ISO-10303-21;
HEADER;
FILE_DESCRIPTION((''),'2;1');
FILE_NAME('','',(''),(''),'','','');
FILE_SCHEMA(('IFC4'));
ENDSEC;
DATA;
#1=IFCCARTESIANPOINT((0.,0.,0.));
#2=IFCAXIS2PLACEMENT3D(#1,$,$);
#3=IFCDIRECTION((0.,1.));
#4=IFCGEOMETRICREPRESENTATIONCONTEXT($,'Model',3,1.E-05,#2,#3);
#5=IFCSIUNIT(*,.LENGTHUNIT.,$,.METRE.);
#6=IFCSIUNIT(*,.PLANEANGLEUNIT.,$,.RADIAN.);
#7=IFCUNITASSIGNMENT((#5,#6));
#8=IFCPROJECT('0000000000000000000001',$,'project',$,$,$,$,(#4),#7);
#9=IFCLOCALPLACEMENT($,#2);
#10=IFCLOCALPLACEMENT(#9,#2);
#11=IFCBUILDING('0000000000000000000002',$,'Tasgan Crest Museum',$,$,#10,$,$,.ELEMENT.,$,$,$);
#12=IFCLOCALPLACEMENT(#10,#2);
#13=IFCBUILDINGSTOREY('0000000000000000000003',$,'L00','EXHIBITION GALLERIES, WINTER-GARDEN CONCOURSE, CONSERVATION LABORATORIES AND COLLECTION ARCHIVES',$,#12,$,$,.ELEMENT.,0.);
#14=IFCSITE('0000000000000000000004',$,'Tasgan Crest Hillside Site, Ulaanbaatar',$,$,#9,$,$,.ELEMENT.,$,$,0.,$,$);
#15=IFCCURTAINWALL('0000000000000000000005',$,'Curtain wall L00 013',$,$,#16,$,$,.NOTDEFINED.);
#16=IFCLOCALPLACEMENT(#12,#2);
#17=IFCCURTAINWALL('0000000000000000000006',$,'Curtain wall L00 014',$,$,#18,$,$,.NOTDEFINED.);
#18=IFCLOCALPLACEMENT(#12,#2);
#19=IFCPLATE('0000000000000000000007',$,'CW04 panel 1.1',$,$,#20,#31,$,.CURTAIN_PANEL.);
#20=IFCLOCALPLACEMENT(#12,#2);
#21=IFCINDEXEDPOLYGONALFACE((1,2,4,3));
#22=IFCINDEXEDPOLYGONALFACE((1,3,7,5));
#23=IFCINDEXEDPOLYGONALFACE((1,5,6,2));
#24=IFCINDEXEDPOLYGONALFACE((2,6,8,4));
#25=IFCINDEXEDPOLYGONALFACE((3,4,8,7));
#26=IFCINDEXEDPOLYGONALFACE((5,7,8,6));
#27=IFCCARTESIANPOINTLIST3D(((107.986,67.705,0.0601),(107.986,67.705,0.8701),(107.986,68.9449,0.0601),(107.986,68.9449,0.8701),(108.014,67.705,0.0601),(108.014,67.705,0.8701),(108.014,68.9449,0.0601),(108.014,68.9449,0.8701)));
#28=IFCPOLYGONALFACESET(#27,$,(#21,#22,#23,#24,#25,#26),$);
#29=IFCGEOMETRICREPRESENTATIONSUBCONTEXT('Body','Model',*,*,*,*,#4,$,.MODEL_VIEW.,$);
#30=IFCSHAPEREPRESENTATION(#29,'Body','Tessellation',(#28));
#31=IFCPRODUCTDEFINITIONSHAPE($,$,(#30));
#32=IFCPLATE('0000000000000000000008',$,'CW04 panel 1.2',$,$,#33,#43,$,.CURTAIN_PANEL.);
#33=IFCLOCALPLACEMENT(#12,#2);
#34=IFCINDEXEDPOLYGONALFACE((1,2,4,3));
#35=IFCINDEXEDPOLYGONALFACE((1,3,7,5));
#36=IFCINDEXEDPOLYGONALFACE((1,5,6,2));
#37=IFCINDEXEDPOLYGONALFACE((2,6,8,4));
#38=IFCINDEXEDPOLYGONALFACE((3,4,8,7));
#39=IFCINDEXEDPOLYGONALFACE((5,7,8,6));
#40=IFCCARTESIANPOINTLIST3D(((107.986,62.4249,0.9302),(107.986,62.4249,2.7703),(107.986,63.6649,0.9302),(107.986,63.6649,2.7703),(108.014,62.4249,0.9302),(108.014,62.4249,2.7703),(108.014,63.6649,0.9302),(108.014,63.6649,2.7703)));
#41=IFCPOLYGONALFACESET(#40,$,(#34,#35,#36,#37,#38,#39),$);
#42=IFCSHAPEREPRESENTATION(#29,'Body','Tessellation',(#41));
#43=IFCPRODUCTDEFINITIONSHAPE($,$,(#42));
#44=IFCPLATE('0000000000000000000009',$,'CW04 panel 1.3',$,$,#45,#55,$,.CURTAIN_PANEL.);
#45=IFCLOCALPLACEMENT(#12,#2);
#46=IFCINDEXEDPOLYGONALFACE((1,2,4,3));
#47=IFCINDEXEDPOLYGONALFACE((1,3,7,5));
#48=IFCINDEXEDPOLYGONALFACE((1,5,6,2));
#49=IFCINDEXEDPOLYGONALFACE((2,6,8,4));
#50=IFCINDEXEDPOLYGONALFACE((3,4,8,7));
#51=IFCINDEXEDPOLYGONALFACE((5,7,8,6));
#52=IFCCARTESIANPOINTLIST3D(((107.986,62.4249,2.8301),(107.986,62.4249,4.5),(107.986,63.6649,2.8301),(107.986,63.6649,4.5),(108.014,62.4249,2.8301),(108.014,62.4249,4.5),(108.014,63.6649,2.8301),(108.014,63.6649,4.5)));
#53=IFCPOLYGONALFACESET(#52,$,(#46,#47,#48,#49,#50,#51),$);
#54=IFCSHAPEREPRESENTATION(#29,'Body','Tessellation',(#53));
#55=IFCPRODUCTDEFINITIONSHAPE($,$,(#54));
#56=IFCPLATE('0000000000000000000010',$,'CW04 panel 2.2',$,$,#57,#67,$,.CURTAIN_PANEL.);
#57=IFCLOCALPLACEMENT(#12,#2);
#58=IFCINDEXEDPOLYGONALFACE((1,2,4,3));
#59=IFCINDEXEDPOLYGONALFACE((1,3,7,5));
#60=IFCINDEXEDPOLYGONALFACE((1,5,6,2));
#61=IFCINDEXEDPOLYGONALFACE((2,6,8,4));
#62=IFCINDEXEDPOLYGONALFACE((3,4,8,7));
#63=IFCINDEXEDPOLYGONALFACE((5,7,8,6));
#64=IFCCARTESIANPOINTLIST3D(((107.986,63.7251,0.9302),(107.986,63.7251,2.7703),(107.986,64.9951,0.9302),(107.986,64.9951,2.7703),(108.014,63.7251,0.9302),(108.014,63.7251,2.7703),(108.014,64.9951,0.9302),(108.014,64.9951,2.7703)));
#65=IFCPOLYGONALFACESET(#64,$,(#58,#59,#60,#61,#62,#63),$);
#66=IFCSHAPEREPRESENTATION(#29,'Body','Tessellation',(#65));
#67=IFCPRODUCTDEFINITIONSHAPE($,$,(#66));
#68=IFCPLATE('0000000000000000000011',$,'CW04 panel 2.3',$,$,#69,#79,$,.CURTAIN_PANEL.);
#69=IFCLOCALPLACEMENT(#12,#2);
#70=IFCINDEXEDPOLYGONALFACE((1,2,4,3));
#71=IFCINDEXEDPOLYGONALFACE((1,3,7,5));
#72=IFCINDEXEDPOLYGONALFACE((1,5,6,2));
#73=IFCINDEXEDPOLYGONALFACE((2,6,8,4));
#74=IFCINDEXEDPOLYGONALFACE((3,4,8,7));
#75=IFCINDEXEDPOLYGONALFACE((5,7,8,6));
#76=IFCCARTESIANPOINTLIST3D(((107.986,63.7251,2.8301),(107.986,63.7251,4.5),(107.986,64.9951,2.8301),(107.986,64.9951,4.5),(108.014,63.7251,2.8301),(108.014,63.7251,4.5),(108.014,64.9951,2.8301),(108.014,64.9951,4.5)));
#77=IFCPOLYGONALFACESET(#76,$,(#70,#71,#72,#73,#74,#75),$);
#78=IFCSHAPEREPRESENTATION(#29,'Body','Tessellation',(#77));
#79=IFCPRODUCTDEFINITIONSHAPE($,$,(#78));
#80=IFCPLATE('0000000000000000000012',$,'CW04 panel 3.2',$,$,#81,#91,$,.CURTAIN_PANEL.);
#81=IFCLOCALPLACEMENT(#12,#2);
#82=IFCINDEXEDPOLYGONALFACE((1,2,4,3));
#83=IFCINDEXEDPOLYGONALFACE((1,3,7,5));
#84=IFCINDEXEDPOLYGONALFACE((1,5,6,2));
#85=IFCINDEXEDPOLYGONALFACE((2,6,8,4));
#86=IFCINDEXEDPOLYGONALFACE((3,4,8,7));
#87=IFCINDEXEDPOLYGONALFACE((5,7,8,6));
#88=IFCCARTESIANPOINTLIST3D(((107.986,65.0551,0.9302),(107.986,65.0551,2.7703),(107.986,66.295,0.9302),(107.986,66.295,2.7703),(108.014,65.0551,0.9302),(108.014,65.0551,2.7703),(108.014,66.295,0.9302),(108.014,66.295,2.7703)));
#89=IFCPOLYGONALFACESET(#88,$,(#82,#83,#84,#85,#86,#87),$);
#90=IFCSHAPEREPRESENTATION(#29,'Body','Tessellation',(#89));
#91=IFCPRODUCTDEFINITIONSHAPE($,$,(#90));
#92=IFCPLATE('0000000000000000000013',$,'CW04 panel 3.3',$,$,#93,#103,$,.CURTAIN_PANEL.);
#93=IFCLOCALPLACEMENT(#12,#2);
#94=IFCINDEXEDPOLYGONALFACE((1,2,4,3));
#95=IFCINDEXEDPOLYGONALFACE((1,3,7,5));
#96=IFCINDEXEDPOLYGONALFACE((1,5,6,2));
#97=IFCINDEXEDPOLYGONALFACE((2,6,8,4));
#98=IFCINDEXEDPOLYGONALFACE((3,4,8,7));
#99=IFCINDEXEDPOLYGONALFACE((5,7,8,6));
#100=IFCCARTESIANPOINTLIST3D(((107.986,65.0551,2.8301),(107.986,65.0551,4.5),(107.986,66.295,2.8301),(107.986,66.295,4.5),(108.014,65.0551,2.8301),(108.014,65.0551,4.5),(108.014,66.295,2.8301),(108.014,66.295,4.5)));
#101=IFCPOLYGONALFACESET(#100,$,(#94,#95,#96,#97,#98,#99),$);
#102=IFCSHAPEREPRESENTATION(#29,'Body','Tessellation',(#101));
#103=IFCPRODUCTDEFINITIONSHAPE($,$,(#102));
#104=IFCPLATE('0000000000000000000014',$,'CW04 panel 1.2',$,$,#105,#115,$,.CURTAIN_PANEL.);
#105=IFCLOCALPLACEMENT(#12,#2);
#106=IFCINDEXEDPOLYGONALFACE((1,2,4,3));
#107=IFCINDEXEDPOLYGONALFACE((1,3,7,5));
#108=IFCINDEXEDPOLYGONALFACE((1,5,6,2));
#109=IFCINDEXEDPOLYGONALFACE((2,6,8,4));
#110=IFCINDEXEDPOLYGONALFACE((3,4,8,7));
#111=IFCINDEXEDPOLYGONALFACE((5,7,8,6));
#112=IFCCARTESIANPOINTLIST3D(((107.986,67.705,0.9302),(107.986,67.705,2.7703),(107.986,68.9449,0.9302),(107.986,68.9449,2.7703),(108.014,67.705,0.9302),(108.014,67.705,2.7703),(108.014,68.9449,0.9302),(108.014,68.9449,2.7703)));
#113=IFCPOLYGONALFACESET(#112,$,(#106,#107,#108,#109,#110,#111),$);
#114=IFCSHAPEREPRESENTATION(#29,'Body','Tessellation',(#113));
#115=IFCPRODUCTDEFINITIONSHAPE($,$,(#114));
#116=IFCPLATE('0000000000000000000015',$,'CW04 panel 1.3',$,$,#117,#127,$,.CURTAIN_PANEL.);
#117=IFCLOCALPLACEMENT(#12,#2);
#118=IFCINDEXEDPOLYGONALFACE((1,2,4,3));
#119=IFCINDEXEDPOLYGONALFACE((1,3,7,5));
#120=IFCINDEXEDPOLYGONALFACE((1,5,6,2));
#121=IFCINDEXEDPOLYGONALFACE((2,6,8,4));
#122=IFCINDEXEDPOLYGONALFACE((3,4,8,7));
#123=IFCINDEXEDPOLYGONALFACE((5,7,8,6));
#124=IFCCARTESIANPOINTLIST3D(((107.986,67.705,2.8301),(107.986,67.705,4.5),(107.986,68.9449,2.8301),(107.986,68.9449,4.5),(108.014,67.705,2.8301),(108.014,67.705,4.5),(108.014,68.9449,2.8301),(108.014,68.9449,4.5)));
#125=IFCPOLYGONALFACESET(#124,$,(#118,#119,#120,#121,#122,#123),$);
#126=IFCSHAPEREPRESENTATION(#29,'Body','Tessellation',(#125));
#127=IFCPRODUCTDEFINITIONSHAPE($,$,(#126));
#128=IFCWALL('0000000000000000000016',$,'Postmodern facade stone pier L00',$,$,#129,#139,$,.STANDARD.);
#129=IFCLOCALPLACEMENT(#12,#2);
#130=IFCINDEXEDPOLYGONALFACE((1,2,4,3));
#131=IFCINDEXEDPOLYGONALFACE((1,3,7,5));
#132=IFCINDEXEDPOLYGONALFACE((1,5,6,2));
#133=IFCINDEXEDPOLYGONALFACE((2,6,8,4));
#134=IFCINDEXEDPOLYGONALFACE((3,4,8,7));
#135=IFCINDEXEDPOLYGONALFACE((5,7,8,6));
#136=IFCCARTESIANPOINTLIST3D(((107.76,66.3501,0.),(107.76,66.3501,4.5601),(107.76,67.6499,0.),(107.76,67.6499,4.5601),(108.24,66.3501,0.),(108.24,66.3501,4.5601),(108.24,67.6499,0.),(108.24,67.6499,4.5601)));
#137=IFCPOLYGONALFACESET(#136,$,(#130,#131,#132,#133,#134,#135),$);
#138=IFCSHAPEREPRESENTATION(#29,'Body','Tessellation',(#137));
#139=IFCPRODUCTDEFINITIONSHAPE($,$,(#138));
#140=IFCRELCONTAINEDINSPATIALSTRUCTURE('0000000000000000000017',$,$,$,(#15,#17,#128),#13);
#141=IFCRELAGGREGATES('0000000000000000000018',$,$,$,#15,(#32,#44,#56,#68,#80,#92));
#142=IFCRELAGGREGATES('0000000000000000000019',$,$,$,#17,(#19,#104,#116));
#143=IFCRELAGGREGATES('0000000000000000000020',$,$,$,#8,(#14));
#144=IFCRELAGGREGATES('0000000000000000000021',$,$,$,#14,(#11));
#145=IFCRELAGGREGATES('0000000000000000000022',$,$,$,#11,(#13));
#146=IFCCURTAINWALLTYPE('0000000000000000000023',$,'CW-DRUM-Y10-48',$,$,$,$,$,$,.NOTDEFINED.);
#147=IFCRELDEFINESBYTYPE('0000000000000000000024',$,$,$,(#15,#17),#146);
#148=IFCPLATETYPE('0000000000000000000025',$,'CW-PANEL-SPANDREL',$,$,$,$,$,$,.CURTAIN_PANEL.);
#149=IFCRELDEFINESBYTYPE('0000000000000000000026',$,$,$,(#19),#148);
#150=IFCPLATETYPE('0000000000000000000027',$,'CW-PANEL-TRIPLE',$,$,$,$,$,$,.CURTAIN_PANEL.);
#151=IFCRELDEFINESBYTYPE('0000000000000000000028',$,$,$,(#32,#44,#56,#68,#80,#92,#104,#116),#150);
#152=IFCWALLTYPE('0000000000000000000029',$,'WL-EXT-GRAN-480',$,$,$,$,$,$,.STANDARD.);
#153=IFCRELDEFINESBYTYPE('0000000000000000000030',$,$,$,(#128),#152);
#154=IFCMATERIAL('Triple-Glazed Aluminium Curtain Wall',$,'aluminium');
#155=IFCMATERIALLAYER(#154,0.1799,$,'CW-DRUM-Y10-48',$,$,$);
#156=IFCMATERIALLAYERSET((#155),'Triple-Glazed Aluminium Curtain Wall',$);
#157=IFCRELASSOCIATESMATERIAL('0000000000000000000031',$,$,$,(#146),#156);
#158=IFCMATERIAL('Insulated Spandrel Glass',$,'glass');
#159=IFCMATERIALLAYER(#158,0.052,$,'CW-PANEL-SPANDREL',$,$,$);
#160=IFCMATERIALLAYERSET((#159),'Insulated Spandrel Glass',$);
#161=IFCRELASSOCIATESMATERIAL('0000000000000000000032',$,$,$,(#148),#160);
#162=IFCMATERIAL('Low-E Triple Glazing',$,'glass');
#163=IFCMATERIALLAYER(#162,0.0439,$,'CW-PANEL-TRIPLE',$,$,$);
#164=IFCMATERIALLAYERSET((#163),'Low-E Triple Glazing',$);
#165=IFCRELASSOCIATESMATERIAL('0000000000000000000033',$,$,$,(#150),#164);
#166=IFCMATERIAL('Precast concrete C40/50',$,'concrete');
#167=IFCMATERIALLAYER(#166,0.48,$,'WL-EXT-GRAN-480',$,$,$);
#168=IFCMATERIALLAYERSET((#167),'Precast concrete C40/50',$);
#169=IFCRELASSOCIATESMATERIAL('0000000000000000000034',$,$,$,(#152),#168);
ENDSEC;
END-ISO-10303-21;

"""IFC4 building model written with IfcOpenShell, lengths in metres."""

from ifc_helpers import new_model, si_unit, direction, frame, frame_2d, origin, origin_2d, place, context, subcontext, project, spatial, rectangle, extrude, material, layer, layer_set, type_object, element, aggregate, save


model = new_model("IFC4")

# Units and contexts
model_context = context("Model", 3, precision=1e-05, world=origin(), true_north=direction((0.0, 1.0)))
body_context = subcontext(model_context, "Body", "Model", "MODEL_VIEW")
ifc_project = project(units=[si_unit("LENGTHUNIT", "METRE"), si_unit("PLANEANGLEUNIT", "RADIAN")], contexts=[model_context])

# Site, building, storey
site_placement = place(None, origin())
site = spatial("IfcSite", under=ifc_project, at=site_placement, Name="Tasgan Crest Hillside Site, Ulaanbaatar", CompositionType="ELEMENT", RefElevation=0.0)
building_placement = place(site_placement, origin())
building = spatial("IfcBuilding", under=site, at=building_placement, Name="Tasgan Crest Museum", CompositionType="ELEMENT")
storey_placement = place(building_placement, origin())
storey = spatial("IfcBuildingStorey", under=building, at=storey_placement, Name="L00", Description="EXHIBITION GALLERIES, WINTER-GARDEN CONCOURSE, CONSERVATION LABORATORIES AND COLLECTION ARCHIVES", CompositionType="ELEMENT", Elevation=0.0)

# Curtain walls
ifc_material_1 = material(Name="Triple-Glazed Aluminium Curtain Wall", Category="aluminium")
ifc_layer_1 = layer(ifc_material_1, 0.1799, Name="CW-DRUM-Y10-48")
ifc_layer_set_1 = layer_set([ifc_layer_1], Name="Triple-Glazed Aluminium Curtain Wall")
curtain_wall_type = type_object("IfcCurtainWallType", Name="CW-DRUM-Y10-48", PredefinedType="NOTDEFINED", material=ifc_layer_set_1)
curtain_wall_1_placement = place(storey_placement, origin())
curtain_wall_1 = element("IfcCurtainWall", 1, at=curtain_wall_1_placement, inside=storey, type_object=curtain_wall_type, Name="Curtain wall L00 013", PredefinedType="NOTDEFINED")
curtain_wall_2_placement = place(storey_placement, origin())
curtain_wall_2 = element("IfcCurtainWall", 2, at=curtain_wall_2_placement, inside=storey, type_object=curtain_wall_type, Name="Curtain wall L00 014", PredefinedType="NOTDEFINED")

# Plates
ifc_material_2 = material(Name="Insulated Spandrel Glass", Category="glass")
ifc_layer_2 = layer(ifc_material_2, 0.052, Name="CW-PANEL-SPANDREL")
ifc_layer_set_2 = layer_set([ifc_layer_2], Name="Insulated Spandrel Glass")
plate_type_1 = type_object("IfcPlateType", Name="CW-PANEL-SPANDREL", PredefinedType="CURTAIN_PANEL", material=ifc_layer_set_2)
plate_1_placement = place(storey_placement, frame((108.0, 68.325, 0.0601), z_axis=(0.0, 0.0, 1.0), x_axis=(0.0, 1.0, 0.0)))
plate_1 = element("IfcPlate", 3, at=plate_1_placement, type_object=plate_type_1, Name="CW04 panel 1.1", PredefinedType="CURTAIN_PANEL", context=body_context, shape_type="SweptSolid", body=[
    extrude(rectangle(XDim=1.24, YDim=0.0281, at=origin_2d()), origin(), (0.0, 0.0, 1.0), 0.8101),
])
ifc_material_3 = material(Name="Low-E Triple Glazing", Category="glass")
ifc_layer_3 = layer(ifc_material_3, 0.0439, Name="CW-PANEL-TRIPLE")
ifc_layer_set_3 = layer_set([ifc_layer_3], Name="Low-E Triple Glazing")
plate_type_2 = type_object("IfcPlateType", Name="CW-PANEL-TRIPLE", PredefinedType="CURTAIN_PANEL", material=ifc_layer_set_3)
plate_2_placement = place(storey_placement, frame((108.0, 63.0449, 0.9302), z_axis=(0.0, 0.0, 1.0), x_axis=(0.0, 1.0, 0.0)))
plate_2 = element("IfcPlate", 4, at=plate_2_placement, type_object=plate_type_2, Name="CW04 panel 1.2", PredefinedType="CURTAIN_PANEL", context=body_context, shape_type="SweptSolid", body=[
    extrude(rectangle(XDim=1.24, YDim=0.0281, at=origin_2d()), origin(), (0.0, 0.0, 1.0), 1.8401),
])
plate_3_placement = place(storey_placement, frame((108.0, 63.0449, 2.8301), z_axis=(0.0, 0.0, 1.0), x_axis=(0.0, 1.0, 0.0)))
plate_3 = element("IfcPlate", 5, at=plate_3_placement, type_object=plate_type_2, Name="CW04 panel 1.3", PredefinedType="CURTAIN_PANEL", context=body_context, shape_type="SweptSolid", body=[
    extrude(rectangle(XDim=1.24, YDim=0.0281, at=origin_2d()), origin(), (0.0, 0.0, 1.0), 1.6699),
])
plate_4_placement = place(storey_placement, frame((108.0, 64.3601, 0.9302), z_axis=(0.0, 0.0, 1.0), x_axis=(0.0, 1.0, 0.0)))
plate_4 = element("IfcPlate", 6, at=plate_4_placement, type_object=plate_type_2, Name="CW04 panel 2.2", PredefinedType="CURTAIN_PANEL", context=body_context, shape_type="SweptSolid", body=[
    extrude(rectangle(XDim=1.27, YDim=0.0281, at=origin_2d()), origin(), (0.0, 0.0, 1.0), 1.8401),
])
plate_5_placement = place(storey_placement, frame((108.0, 64.3601, 2.8301), z_axis=(0.0, 0.0, 1.0), x_axis=(0.0, 1.0, 0.0)))
plate_5 = element("IfcPlate", 7, at=plate_5_placement, type_object=plate_type_2, Name="CW04 panel 2.3", PredefinedType="CURTAIN_PANEL", context=body_context, shape_type="SweptSolid", body=[
    extrude(rectangle(XDim=1.27, YDim=0.0281, at=origin_2d()), origin(), (0.0, 0.0, 1.0), 1.6699),
])
plate_6_placement = place(storey_placement, frame((108.0, 65.675, 0.9302), z_axis=(0.0, 0.0, 1.0), x_axis=(0.0, 1.0, 0.0)))
plate_6 = element("IfcPlate", 8, at=plate_6_placement, type_object=plate_type_2, Name="CW04 panel 3.2", PredefinedType="CURTAIN_PANEL", context=body_context, shape_type="SweptSolid", body=[
    extrude(rectangle(XDim=1.24, YDim=0.0281, at=origin_2d()), origin(), (0.0, 0.0, 1.0), 1.8401),
])
plate_7_placement = place(storey_placement, frame((108.0, 65.675, 2.8301), z_axis=(0.0, 0.0, 1.0), x_axis=(0.0, 1.0, 0.0)))
plate_7 = element("IfcPlate", 9, at=plate_7_placement, type_object=plate_type_2, Name="CW04 panel 3.3", PredefinedType="CURTAIN_PANEL", context=body_context, shape_type="SweptSolid", body=[
    extrude(rectangle(XDim=1.24, YDim=0.0281, at=origin_2d()), origin(), (0.0, 0.0, 1.0), 1.6699),
])
aggregate(curtain_wall_1, [plate_2, plate_3, plate_4, plate_5, plate_6, plate_7])
plate_8_placement = place(storey_placement, frame((108.0, 68.325, 0.9302), z_axis=(0.0, 0.0, 1.0), x_axis=(0.0, 1.0, 0.0)))
plate_8 = element("IfcPlate", 10, at=plate_8_placement, type_object=plate_type_2, Name="CW04 panel 1.2", PredefinedType="CURTAIN_PANEL", context=body_context, shape_type="SweptSolid", body=[
    extrude(rectangle(XDim=1.24, YDim=0.0281, at=origin_2d()), origin(), (0.0, 0.0, 1.0), 1.8401),
])
plate_9_placement = place(storey_placement, frame((108.0, 68.325, 2.8301), z_axis=(0.0, 0.0, 1.0), x_axis=(0.0, 1.0, 0.0)))
plate_9 = element("IfcPlate", 11, at=plate_9_placement, type_object=plate_type_2, Name="CW04 panel 1.3", PredefinedType="CURTAIN_PANEL", context=body_context, shape_type="SweptSolid", body=[
    extrude(rectangle(XDim=1.24, YDim=0.0281, at=origin_2d()), origin(), (0.0, 0.0, 1.0), 1.6699),
])
aggregate(curtain_wall_2, [plate_1, plate_8, plate_9])

# Wall
ifc_material_4 = material(Name="Precast concrete C40/50", Category="concrete")
ifc_layer_4 = layer(ifc_material_4, 0.48, Name="WL-EXT-GRAN-480")
ifc_layer_set_4 = layer_set([ifc_layer_4], Name="Precast concrete C40/50")
wall_type = type_object("IfcWallType", Name="WL-EXT-GRAN-480", PredefinedType="STANDARD", material=ifc_layer_set_4)
wall_placement = place(storey_placement, frame((108.0, 66.3501, 0.0), z_axis=(0.0, 0.0, 1.0), x_axis=(0.0, 1.0, 0.0)))
element("IfcWall", 12, at=wall_placement, inside=storey, type_object=wall_type, Name="Postmodern facade stone pier L00", PredefinedType="STANDARD", context=body_context, shape_type="SweptSolid", body=[
    extrude(rectangle(XDim=1.2998, YDim=0.48, at=frame_2d((0.6499, 0.0))), origin(), (0.0, 0.0, 1.0), 4.5601),
])

save(model, "model.ifc")
